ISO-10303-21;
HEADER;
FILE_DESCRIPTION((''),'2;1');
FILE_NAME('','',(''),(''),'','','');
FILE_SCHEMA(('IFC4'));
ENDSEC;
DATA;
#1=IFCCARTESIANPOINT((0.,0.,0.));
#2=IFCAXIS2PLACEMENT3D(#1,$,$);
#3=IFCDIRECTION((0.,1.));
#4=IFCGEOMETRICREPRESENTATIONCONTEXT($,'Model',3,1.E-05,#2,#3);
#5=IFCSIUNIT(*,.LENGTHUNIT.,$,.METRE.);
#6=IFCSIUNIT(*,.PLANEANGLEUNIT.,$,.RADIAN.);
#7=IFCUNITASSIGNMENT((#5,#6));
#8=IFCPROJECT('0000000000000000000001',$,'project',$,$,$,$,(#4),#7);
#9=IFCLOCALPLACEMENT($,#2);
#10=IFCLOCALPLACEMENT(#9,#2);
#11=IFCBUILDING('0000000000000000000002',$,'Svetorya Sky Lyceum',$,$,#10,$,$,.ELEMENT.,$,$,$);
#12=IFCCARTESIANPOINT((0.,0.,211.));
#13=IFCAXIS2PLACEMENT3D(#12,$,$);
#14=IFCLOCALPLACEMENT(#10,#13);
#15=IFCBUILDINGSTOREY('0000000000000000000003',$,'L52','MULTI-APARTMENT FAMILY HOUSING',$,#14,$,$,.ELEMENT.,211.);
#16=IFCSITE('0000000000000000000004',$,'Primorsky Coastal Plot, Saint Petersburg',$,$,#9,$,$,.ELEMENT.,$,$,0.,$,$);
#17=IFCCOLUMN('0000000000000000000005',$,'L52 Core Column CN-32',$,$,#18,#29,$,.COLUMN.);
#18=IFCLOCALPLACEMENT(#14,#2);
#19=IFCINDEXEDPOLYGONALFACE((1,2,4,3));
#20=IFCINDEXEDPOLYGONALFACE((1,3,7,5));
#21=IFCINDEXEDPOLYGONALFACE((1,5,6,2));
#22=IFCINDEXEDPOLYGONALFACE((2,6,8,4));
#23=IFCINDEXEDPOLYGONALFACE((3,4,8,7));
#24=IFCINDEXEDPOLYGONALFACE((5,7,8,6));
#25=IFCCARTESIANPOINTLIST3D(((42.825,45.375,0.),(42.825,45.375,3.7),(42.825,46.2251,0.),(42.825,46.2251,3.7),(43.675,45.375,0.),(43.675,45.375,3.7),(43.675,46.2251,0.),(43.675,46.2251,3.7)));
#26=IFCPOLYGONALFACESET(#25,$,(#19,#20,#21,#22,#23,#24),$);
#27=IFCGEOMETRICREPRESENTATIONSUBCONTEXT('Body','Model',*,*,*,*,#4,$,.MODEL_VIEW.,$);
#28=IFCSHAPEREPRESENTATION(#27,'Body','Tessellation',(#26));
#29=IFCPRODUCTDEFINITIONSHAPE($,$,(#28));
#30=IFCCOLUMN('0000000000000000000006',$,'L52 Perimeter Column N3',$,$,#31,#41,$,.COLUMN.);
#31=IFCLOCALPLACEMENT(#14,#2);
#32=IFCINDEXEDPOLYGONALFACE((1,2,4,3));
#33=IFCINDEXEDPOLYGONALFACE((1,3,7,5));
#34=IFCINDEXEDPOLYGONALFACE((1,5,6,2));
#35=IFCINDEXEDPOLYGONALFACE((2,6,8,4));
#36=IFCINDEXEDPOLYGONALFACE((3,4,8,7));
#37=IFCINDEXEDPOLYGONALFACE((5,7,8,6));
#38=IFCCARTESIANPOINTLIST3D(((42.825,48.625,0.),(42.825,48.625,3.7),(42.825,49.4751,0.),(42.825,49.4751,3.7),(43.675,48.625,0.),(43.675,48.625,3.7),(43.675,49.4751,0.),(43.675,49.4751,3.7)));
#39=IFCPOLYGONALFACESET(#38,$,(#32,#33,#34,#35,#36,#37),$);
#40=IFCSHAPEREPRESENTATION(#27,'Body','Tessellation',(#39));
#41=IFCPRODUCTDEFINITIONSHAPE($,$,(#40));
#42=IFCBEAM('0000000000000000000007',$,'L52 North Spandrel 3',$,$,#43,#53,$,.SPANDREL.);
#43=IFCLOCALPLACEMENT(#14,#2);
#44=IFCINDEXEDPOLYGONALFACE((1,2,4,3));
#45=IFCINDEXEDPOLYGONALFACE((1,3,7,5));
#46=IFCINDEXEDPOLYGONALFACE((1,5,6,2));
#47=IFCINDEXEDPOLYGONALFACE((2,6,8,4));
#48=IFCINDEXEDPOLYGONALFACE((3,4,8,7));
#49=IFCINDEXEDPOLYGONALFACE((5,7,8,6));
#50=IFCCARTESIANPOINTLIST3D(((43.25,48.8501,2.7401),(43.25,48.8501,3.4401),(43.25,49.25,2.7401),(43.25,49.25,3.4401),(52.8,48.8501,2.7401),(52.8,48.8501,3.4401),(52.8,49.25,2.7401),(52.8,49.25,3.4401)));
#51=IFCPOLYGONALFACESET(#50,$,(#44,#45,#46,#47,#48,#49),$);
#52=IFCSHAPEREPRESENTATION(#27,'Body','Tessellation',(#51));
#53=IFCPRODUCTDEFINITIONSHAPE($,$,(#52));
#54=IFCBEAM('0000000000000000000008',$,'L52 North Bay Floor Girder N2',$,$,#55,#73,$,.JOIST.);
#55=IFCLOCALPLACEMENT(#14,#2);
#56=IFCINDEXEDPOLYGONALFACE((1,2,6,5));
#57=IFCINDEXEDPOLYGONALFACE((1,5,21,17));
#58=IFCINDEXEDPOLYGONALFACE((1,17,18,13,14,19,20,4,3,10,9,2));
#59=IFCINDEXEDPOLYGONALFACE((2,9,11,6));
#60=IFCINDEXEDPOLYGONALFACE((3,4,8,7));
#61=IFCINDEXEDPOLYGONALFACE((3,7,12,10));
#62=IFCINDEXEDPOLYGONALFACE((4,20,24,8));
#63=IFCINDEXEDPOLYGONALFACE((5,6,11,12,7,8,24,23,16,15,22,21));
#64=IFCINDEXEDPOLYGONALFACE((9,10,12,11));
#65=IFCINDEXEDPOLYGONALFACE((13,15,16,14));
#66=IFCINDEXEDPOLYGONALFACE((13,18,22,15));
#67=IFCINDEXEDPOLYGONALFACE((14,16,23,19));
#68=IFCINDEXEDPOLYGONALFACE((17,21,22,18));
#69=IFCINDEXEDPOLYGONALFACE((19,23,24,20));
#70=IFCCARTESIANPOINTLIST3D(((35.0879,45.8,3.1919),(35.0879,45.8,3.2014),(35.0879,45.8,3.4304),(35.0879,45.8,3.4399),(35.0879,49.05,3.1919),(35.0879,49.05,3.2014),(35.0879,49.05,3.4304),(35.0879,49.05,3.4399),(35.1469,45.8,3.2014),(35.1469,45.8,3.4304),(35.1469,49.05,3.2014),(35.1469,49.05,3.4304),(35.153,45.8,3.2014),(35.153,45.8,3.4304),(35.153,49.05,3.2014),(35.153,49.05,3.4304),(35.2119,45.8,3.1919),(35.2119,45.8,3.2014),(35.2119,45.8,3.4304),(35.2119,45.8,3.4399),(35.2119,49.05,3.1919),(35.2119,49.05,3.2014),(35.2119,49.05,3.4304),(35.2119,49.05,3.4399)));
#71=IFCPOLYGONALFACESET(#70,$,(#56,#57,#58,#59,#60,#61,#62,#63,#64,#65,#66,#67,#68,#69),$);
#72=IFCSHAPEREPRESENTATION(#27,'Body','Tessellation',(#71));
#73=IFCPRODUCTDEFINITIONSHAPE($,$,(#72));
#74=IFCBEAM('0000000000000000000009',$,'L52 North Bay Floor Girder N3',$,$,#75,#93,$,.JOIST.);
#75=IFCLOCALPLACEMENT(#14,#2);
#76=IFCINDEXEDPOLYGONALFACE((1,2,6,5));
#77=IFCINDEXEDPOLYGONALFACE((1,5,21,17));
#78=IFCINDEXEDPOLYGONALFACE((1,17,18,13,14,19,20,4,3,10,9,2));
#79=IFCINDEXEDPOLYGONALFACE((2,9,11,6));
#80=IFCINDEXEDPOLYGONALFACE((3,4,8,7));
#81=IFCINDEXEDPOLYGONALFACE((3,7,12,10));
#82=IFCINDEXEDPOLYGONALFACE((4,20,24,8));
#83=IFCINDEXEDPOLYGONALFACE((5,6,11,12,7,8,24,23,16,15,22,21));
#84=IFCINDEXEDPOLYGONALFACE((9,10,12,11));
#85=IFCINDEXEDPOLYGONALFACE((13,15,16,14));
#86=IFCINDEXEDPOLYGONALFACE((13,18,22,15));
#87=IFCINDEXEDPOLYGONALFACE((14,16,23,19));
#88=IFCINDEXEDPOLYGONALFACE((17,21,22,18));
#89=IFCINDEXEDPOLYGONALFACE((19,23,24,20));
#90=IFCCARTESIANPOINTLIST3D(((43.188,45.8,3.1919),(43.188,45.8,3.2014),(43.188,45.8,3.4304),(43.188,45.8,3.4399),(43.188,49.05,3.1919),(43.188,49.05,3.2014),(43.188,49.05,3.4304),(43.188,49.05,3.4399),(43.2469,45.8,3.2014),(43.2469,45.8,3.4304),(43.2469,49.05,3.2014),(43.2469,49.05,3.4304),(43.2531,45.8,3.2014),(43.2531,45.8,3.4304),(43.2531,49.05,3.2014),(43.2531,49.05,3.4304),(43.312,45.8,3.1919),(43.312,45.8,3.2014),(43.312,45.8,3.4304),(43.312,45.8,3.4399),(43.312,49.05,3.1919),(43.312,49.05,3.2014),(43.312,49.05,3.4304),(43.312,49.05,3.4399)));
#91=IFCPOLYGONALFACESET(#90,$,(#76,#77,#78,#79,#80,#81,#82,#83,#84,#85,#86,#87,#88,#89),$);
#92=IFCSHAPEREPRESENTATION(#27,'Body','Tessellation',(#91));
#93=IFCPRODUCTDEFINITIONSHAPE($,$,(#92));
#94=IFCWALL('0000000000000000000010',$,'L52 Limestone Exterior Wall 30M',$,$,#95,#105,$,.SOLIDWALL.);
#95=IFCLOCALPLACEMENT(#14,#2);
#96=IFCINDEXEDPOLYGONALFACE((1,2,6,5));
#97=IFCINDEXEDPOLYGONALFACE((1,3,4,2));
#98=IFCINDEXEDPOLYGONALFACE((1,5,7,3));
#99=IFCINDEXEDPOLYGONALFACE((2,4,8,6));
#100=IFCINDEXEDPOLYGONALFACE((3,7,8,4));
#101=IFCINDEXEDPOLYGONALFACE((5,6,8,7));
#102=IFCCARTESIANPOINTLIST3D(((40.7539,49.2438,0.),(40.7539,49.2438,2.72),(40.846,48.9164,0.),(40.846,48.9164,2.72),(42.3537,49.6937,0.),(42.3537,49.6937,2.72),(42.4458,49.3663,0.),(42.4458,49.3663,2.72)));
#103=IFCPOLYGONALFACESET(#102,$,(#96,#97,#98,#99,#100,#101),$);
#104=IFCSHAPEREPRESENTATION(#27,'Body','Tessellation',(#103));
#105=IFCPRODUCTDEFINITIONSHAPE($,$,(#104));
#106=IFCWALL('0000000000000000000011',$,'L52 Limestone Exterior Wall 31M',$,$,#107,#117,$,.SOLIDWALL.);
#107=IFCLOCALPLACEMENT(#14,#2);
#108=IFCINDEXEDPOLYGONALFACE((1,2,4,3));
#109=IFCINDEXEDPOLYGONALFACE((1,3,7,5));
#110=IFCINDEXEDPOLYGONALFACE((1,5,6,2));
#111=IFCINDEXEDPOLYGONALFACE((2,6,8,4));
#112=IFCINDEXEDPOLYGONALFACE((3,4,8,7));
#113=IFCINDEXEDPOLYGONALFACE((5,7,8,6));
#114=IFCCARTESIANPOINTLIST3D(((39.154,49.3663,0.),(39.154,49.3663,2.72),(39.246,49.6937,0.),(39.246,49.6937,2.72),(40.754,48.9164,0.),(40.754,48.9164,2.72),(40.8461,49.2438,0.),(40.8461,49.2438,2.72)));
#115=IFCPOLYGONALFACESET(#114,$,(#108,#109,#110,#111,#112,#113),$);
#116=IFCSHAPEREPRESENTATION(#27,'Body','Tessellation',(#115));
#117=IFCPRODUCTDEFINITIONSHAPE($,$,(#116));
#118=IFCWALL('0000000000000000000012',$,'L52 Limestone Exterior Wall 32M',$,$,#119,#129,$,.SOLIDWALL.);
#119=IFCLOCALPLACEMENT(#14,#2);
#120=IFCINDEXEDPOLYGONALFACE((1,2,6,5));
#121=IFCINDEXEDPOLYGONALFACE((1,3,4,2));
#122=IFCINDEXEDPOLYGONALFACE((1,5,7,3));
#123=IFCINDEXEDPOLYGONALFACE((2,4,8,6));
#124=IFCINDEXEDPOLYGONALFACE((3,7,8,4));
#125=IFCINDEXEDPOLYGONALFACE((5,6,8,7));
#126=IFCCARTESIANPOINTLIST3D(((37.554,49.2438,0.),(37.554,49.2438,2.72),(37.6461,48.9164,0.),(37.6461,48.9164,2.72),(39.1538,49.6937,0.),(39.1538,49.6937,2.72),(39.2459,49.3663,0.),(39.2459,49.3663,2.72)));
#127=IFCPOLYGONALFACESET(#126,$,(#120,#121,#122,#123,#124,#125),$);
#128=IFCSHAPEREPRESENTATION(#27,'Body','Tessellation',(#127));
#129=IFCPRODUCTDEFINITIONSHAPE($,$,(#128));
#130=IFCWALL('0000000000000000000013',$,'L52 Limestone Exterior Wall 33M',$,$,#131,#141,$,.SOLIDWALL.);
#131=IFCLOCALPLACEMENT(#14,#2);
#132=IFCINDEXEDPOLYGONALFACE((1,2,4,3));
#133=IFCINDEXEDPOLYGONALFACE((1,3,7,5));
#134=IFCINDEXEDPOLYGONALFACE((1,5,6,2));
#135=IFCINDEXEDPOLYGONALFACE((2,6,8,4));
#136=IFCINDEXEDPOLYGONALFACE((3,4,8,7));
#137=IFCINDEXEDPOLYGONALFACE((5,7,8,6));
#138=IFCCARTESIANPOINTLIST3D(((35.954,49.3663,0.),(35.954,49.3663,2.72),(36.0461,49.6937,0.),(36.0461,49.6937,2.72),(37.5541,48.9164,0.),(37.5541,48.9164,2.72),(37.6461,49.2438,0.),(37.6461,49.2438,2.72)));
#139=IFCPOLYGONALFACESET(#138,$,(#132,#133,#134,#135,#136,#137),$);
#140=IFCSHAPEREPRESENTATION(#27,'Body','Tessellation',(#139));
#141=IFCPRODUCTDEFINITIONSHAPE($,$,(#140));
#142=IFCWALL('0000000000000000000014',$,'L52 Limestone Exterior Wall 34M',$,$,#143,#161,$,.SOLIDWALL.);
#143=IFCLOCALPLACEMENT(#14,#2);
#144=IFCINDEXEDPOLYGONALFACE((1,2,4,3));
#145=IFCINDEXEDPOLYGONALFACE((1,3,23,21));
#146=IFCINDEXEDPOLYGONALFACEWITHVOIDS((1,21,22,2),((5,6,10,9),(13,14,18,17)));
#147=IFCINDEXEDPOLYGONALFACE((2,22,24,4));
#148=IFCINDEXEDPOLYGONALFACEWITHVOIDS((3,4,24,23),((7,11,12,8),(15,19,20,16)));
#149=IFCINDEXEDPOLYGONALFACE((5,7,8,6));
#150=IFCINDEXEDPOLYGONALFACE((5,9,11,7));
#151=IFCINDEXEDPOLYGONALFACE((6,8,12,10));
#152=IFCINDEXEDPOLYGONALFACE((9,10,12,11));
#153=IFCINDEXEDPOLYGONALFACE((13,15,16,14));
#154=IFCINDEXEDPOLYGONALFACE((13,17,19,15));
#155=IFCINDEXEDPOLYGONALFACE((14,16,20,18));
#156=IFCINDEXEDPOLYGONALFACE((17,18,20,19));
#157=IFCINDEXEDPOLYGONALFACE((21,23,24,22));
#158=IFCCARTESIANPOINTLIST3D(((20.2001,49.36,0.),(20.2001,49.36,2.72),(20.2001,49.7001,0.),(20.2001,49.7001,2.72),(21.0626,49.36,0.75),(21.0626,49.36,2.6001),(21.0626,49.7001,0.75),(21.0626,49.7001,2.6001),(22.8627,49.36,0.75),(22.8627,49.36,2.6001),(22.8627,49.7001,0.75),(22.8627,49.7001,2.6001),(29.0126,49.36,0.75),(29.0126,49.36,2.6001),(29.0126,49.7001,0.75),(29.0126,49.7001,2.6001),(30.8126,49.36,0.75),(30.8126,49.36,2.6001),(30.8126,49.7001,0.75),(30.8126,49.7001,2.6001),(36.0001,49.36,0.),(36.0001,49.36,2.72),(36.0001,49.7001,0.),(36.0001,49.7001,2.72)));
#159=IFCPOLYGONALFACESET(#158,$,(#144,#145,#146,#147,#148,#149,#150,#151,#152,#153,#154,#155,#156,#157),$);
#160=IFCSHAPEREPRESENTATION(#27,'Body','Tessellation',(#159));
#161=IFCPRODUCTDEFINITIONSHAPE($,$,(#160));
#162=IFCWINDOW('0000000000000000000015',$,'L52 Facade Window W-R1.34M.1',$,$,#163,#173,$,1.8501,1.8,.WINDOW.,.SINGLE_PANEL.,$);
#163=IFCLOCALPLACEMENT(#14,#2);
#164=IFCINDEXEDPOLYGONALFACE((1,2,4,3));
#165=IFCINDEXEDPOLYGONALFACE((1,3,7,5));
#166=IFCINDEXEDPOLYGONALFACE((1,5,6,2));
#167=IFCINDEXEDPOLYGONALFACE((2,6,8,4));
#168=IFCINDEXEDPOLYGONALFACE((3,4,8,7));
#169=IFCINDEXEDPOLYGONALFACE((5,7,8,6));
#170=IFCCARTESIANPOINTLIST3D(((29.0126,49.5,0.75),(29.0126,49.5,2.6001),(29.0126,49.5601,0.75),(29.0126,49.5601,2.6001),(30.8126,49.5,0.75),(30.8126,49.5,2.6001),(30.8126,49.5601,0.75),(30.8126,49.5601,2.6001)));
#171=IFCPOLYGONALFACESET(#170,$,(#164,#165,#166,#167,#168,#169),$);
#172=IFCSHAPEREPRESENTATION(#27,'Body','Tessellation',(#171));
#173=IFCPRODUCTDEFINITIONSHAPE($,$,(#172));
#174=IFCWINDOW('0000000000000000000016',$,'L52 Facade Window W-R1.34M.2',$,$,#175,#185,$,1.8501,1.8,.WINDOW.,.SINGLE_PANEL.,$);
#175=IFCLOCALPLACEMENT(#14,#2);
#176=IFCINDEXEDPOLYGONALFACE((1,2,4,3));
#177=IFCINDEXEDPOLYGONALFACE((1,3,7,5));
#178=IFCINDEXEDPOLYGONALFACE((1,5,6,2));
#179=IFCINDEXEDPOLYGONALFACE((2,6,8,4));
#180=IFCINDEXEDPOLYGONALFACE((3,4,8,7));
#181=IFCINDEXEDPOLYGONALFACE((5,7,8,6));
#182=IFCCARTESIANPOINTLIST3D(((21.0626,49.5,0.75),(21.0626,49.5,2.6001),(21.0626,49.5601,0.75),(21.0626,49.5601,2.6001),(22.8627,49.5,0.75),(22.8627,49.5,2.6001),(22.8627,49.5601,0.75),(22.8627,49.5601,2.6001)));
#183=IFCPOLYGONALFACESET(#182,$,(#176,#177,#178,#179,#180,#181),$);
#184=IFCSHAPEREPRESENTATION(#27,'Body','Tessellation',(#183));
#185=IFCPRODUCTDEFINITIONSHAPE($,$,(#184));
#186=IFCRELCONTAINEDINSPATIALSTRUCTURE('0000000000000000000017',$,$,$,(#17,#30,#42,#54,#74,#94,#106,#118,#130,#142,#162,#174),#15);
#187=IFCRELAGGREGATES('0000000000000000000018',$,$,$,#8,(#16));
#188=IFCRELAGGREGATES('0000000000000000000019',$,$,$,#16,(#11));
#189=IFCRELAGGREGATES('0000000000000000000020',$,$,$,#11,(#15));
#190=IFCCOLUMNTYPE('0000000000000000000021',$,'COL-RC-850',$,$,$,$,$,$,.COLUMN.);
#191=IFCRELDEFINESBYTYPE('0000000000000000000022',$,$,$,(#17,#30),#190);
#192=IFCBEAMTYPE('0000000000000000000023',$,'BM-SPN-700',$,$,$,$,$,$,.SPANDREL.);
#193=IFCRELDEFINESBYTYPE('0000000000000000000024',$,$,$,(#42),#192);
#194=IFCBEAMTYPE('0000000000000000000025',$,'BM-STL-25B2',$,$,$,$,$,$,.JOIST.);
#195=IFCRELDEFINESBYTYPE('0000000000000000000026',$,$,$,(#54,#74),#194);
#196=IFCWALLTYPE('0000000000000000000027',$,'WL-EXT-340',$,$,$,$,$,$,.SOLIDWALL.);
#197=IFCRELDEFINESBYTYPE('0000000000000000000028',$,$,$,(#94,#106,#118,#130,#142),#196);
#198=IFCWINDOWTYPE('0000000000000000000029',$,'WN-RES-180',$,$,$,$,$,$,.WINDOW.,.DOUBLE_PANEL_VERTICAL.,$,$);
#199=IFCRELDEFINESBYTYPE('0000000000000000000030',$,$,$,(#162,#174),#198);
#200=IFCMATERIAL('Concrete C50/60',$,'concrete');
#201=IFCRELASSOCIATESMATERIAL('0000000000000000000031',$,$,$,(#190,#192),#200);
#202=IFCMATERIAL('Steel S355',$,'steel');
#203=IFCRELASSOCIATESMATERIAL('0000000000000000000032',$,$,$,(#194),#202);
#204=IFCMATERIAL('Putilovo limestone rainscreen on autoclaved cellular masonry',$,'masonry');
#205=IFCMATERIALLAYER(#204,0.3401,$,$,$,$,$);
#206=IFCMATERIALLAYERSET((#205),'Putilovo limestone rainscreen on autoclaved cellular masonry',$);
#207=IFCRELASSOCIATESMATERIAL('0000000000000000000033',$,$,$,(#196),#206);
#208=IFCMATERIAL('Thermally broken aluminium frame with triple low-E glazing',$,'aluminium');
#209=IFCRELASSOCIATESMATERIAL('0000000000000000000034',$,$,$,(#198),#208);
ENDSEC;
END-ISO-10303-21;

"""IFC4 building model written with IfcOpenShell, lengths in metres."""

from ifc_helpers import new_model, si_unit, direction, frame, frame_2d, origin, origin_2d, place, context, subcontext, project, spatial, rectangle, i_section, extrude, material, layer, layer_set, material_profile, profile_set, type_object, element, fill, save


model = new_model("IFC4")

# Units and contexts
model_context = context("Model", 3, precision=1e-05, world=origin(), true_north=direction((0.0, 1.0)))
body_context = subcontext(model_context, "Body", "Model", "MODEL_VIEW")
ifc_project = project(units=[si_unit("LENGTHUNIT", "METRE"), si_unit("PLANEANGLEUNIT", "RADIAN")], contexts=[model_context])

# Site, building, storey
site_placement = place(None, origin())
site = spatial("IfcSite", under=ifc_project, at=site_placement, Name="Primorsky Coastal Plot, Saint Petersburg", CompositionType="ELEMENT", RefElevation=0.0)
building_placement = place(site_placement, origin())
building = spatial("IfcBuilding", under=site, at=building_placement, Name="Svetorya Sky Lyceum", CompositionType="ELEMENT")
storey_placement = place(building_placement, frame((0.0, 0.0, 211.0)))
storey = spatial("IfcBuildingStorey", under=building, at=storey_placement, Name="L52", Description="MULTI-APARTMENT FAMILY HOUSING", CompositionType="ELEMENT", Elevation=211.0)

# Columns
ifc_material_1 = material(Name="Concrete C50/60", Category="concrete")
ifc_material_profile_1 = material_profile(ifc_material_1, rectangle(XDim=0.8501, YDim=0.8501, at=origin_2d()), Name="RC COL 850x850")
ifc_profile_set_1 = profile_set([ifc_material_profile_1], Name="Concrete C50/60")
column_type = type_object("IfcColumnType", Name="COL-RC-850", PredefinedType="COLUMN", material=ifc_profile_set_1)
for number, where, z_axis, x_axis, name in (
    (1, (43.25, 45.8, 0.0), (0.0, 0.0, 1.0), (1.0, 0.0, 0.0), "L52 Core Column CN-32"),
    (2, (43.25, 49.05, 0.0), (0.0, 0.0, 1.0), (1.0, 0.0, 0.0), "L52 Perimeter Column N3"),
):
    element("IfcColumn", number, at=place(storey_placement, frame(where, z_axis=z_axis, x_axis=x_axis)), inside=storey, type_object=column_type, Name=name, PredefinedType="COLUMN", context=body_context, shape_type="SweptSolid", body=[
        extrude(rectangle(XDim=0.8501, YDim=0.8501, at=origin_2d()), origin(), (0.0, 0.0, 1.0), 3.7),
    ])

# Beams
ifc_material_profile_2 = material_profile(ifc_material_1, rectangle(XDim=0.3999, YDim=0.7, at=origin_2d()), Name="RC SPANDREL 400x700")
ifc_profile_set_2 = profile_set([ifc_material_profile_2], Name="Concrete C50/60")
beam_type_1 = type_object("IfcBeamType", Name="BM-SPN-700", PredefinedType="SPANDREL", material=ifc_profile_set_2)
beam_placement = place(storey_placement, frame((43.25, 49.05, 3.0901), z_axis=(1.0, 0.0, 0.0), x_axis=(0.0, 1.0, 0.0)))
element("IfcBeam", 3, at=beam_placement, inside=storey, type_object=beam_type_1, Name="L52 North Spandrel 3", PredefinedType="SPANDREL", context=body_context, shape_type="SweptSolid", body=[
    extrude(rectangle(XDim=0.3999, YDim=0.7, at=origin_2d()), origin(), (0.0, 0.0, 1.0), 9.55),
])
ifc_material_2 = material(Name="Steel S355", Category="steel")
ifc_material_profile_3 = material_profile(ifc_material_2, i_section(OverallWidth=0.124, OverallDepth=0.248, WebThickness=0.0061, FlangeThickness=0.0095, at=origin_2d()), Name="GOST 25B2")
ifc_profile_set_3 = profile_set([ifc_material_profile_3], Name="Steel S355")
beam_type_2 = type_object("IfcBeamType", Name="BM-STL-25B2", PredefinedType="JOIST", material=ifc_profile_set_3)
for number, where, z_axis, x_axis, name in (
    (4, (35.1499, 45.8, 3.3159), (0.0, 1.0, 0.0), (-1.0, 0.0, 0.0), "L52 North Bay Floor Girder N2"),
    (5, (43.25, 45.8, 3.3159), (0.0, 1.0, 0.0), (-1.0, 0.0, 0.0), "L52 North Bay Floor Girder N3"),
):
    element("IfcBeam", number, at=place(storey_placement, frame(where, z_axis=z_axis, x_axis=x_axis)), inside=storey, type_object=beam_type_2, Name=name, PredefinedType="JOIST", context=body_context, shape_type="SweptSolid", body=[
        extrude(i_section(OverallWidth=0.124, OverallDepth=0.248, WebThickness=0.0061, FlangeThickness=0.0095, at=origin_2d()), origin(), (0.0, 0.0, 1.0), 3.25),
    ])

# Walls
ifc_material_3 = material(Name="Putilovo limestone rainscreen on autoclaved cellular masonry", Category="masonry")
ifc_layer_1 = layer(ifc_material_3, 0.3401)
ifc_layer_set_1 = layer_set([ifc_layer_1], Name="Putilovo limestone rainscreen on autoclaved cellular masonry")
wall_type_1 = type_object("IfcWallType", Name="WL-EXT-340", PredefinedType="SOLIDWALL", material=ifc_layer_set_1)
wall_1_placement = place(storey_placement, frame((42.3999, 49.53, 0.0), z_axis=(0.0, 0.0, 1.0), x_axis=(-0.962652, -0.270741, 0.0)))
element("IfcWall", 6, at=wall_1_placement, inside=storey, type_object=wall_type_1, Name="L52 Limestone Exterior Wall 30M", PredefinedType="SOLIDWALL", context=body_context, shape_type="SweptSolid", body=[
    extrude(rectangle(XDim=1.6619, YDim=0.3401, at=frame_2d((0.8311, 0.0))), origin(), (0.0, 0.0, 1.0), 2.72),
])
wall_2_placement = place(storey_placement, frame((40.8, 49.0801, 0.0), z_axis=(0.0, 0.0, 1.0), x_axis=(-0.962663, 0.270703, 0.0)))
element("IfcWall", 7, at=wall_2_placement, inside=storey, type_object=wall_type_1, Name="L52 Limestone Exterior Wall 31M", PredefinedType="SOLIDWALL", context=body_context, shape_type="SweptSolid", body=[
    extrude(rectangle(XDim=1.6621, YDim=0.3401, at=frame_2d((0.8311, 0.0))), origin(), (0.0, 0.0, 1.0), 2.72),
])
wall_3_placement = place(storey_placement, frame((39.2, 49.53, 0.0), z_axis=(0.0, 0.0, 1.0), x_axis=(-0.962652, -0.270741, 0.0)))
element("IfcWall", 8, at=wall_3_placement, inside=storey, type_object=wall_type_1, Name="L52 Limestone Exterior Wall 32M", PredefinedType="SOLIDWALL", context=body_context, shape_type="SweptSolid", body=[
    extrude(rectangle(XDim=1.6619, YDim=0.3401, at=frame_2d((0.8311, 0.0))), origin(), (0.0, 0.0, 1.0), 2.72),
])
wall_4_placement = place(storey_placement, frame((37.6001, 49.0801, 0.0), z_axis=(0.0, 0.0, 1.0), x_axis=(-0.962663, 0.270703, 0.0)))
element("IfcWall", 9, at=wall_4_placement, inside=storey, type_object=wall_type_1, Name="L52 Limestone Exterior Wall 33M", PredefinedType="SOLIDWALL", context=body_context, shape_type="SweptSolid", body=[
    extrude(rectangle(XDim=1.6621, YDim=0.3401, at=frame_2d((0.8311, 0.0))), origin(), (0.0, 0.0, 1.0), 2.72),
])

# Wall, openings, windows
wall_5_placement = place(storey_placement, frame((36.0, 49.53, 0.0), z_axis=(0.0, 0.0, 1.0), x_axis=(-1.0, 0.0, 0.0)))
wall_5 = element("IfcWall", 10, at=wall_5_placement, inside=storey, type_object=wall_type_1, Name="L52 Limestone Exterior Wall 34M", PredefinedType="SOLIDWALL", context=body_context, shape_type="SweptSolid", body=[
    extrude(rectangle(XDim=15.8, YDim=0.3401, at=frame_2d((7.8999, 0.0))), origin(), (0.0, 0.0, 1.0), 2.72),
])
opening_1_placement = place(wall_5_placement, frame((5.1875, 0.0, 0.75)))
opening_1 = element("IfcOpeningElement", 11, at=opening_1_placement, cuts=wall_5, PredefinedType="OPENING", context=body_context, shape_type="SweptSolid", body=[
    extrude(rectangle(XDim=1.8, YDim=1.8501, at=frame_2d((0.8999, 0.925))), frame((0.0, 0.1799, 0.0), z_axis=(0.0, -1.0, 0.0), x_axis=(1.0, 0.0, 0.0)), (0.0, 0.0, 1.0), 0.3601),
])
opening_2_placement = place(wall_5_placement, frame((13.1375, 0.0, 0.75)))
opening_2 = element("IfcOpeningElement", 12, at=opening_2_placement, cuts=wall_5, PredefinedType="OPENING", context=body_context, shape_type="SweptSolid", body=[
    extrude(rectangle(XDim=1.8, YDim=1.8501, at=frame_2d((0.8999, 0.925))), frame((0.0, 0.1799, 0.0), z_axis=(0.0, -1.0, 0.0), x_axis=(1.0, 0.0, 0.0)), (0.0, 0.0, 1.0), 0.3601),
])
ifc_material_4 = material(Name="Thermally broken aluminium frame with triple low-E glazing", Category="aluminium")
window_type = type_object("IfcWindowType", Name="WN-RES-180", PartitioningType="DOUBLE_PANEL_VERTICAL", PredefinedType="WINDOW", material=ifc_material_4)
window_1_placement = place(opening_1_placement, origin())
window_1 = element("IfcWindow", 13, at=window_1_placement, inside=storey, type_object=window_type, Name="L52 Facade Window W-R1.34M.1", OverallHeight=1.8501, OverallWidth=1.8, PartitioningType="SINGLE_PANEL", PredefinedType="WINDOW", context=body_context, shape_type="SweptSolid", body=[
    extrude(rectangle(XDim=1.8, YDim=1.8501, at=frame_2d((0.8999, 0.925))), frame((0.0, 0.03, 0.0), z_axis=(0.0, -1.0, 0.0), x_axis=(1.0, 0.0, 0.0)), (0.0, 0.0, 1.0), 0.0601),
])
fill(opening_1, window_1)
window_2_placement = place(opening_2_placement, origin())
window_2 = element("IfcWindow", 14, at=window_2_placement, inside=storey, type_object=window_type, Name="L52 Facade Window W-R1.34M.2", OverallHeight=1.8501, OverallWidth=1.8, PartitioningType="SINGLE_PANEL", PredefinedType="WINDOW", context=body_context, shape_type="SweptSolid", body=[
    extrude(rectangle(XDim=1.8, YDim=1.8501, at=frame_2d((0.8999, 0.925))), frame((0.0, 0.03, 0.0), z_axis=(0.0, -1.0, 0.0), x_axis=(1.0, 0.0, 0.0)), (0.0, 0.0, 1.0), 0.0601),
])
fill(opening_2, window_2)

save(model, "model.ifc")
